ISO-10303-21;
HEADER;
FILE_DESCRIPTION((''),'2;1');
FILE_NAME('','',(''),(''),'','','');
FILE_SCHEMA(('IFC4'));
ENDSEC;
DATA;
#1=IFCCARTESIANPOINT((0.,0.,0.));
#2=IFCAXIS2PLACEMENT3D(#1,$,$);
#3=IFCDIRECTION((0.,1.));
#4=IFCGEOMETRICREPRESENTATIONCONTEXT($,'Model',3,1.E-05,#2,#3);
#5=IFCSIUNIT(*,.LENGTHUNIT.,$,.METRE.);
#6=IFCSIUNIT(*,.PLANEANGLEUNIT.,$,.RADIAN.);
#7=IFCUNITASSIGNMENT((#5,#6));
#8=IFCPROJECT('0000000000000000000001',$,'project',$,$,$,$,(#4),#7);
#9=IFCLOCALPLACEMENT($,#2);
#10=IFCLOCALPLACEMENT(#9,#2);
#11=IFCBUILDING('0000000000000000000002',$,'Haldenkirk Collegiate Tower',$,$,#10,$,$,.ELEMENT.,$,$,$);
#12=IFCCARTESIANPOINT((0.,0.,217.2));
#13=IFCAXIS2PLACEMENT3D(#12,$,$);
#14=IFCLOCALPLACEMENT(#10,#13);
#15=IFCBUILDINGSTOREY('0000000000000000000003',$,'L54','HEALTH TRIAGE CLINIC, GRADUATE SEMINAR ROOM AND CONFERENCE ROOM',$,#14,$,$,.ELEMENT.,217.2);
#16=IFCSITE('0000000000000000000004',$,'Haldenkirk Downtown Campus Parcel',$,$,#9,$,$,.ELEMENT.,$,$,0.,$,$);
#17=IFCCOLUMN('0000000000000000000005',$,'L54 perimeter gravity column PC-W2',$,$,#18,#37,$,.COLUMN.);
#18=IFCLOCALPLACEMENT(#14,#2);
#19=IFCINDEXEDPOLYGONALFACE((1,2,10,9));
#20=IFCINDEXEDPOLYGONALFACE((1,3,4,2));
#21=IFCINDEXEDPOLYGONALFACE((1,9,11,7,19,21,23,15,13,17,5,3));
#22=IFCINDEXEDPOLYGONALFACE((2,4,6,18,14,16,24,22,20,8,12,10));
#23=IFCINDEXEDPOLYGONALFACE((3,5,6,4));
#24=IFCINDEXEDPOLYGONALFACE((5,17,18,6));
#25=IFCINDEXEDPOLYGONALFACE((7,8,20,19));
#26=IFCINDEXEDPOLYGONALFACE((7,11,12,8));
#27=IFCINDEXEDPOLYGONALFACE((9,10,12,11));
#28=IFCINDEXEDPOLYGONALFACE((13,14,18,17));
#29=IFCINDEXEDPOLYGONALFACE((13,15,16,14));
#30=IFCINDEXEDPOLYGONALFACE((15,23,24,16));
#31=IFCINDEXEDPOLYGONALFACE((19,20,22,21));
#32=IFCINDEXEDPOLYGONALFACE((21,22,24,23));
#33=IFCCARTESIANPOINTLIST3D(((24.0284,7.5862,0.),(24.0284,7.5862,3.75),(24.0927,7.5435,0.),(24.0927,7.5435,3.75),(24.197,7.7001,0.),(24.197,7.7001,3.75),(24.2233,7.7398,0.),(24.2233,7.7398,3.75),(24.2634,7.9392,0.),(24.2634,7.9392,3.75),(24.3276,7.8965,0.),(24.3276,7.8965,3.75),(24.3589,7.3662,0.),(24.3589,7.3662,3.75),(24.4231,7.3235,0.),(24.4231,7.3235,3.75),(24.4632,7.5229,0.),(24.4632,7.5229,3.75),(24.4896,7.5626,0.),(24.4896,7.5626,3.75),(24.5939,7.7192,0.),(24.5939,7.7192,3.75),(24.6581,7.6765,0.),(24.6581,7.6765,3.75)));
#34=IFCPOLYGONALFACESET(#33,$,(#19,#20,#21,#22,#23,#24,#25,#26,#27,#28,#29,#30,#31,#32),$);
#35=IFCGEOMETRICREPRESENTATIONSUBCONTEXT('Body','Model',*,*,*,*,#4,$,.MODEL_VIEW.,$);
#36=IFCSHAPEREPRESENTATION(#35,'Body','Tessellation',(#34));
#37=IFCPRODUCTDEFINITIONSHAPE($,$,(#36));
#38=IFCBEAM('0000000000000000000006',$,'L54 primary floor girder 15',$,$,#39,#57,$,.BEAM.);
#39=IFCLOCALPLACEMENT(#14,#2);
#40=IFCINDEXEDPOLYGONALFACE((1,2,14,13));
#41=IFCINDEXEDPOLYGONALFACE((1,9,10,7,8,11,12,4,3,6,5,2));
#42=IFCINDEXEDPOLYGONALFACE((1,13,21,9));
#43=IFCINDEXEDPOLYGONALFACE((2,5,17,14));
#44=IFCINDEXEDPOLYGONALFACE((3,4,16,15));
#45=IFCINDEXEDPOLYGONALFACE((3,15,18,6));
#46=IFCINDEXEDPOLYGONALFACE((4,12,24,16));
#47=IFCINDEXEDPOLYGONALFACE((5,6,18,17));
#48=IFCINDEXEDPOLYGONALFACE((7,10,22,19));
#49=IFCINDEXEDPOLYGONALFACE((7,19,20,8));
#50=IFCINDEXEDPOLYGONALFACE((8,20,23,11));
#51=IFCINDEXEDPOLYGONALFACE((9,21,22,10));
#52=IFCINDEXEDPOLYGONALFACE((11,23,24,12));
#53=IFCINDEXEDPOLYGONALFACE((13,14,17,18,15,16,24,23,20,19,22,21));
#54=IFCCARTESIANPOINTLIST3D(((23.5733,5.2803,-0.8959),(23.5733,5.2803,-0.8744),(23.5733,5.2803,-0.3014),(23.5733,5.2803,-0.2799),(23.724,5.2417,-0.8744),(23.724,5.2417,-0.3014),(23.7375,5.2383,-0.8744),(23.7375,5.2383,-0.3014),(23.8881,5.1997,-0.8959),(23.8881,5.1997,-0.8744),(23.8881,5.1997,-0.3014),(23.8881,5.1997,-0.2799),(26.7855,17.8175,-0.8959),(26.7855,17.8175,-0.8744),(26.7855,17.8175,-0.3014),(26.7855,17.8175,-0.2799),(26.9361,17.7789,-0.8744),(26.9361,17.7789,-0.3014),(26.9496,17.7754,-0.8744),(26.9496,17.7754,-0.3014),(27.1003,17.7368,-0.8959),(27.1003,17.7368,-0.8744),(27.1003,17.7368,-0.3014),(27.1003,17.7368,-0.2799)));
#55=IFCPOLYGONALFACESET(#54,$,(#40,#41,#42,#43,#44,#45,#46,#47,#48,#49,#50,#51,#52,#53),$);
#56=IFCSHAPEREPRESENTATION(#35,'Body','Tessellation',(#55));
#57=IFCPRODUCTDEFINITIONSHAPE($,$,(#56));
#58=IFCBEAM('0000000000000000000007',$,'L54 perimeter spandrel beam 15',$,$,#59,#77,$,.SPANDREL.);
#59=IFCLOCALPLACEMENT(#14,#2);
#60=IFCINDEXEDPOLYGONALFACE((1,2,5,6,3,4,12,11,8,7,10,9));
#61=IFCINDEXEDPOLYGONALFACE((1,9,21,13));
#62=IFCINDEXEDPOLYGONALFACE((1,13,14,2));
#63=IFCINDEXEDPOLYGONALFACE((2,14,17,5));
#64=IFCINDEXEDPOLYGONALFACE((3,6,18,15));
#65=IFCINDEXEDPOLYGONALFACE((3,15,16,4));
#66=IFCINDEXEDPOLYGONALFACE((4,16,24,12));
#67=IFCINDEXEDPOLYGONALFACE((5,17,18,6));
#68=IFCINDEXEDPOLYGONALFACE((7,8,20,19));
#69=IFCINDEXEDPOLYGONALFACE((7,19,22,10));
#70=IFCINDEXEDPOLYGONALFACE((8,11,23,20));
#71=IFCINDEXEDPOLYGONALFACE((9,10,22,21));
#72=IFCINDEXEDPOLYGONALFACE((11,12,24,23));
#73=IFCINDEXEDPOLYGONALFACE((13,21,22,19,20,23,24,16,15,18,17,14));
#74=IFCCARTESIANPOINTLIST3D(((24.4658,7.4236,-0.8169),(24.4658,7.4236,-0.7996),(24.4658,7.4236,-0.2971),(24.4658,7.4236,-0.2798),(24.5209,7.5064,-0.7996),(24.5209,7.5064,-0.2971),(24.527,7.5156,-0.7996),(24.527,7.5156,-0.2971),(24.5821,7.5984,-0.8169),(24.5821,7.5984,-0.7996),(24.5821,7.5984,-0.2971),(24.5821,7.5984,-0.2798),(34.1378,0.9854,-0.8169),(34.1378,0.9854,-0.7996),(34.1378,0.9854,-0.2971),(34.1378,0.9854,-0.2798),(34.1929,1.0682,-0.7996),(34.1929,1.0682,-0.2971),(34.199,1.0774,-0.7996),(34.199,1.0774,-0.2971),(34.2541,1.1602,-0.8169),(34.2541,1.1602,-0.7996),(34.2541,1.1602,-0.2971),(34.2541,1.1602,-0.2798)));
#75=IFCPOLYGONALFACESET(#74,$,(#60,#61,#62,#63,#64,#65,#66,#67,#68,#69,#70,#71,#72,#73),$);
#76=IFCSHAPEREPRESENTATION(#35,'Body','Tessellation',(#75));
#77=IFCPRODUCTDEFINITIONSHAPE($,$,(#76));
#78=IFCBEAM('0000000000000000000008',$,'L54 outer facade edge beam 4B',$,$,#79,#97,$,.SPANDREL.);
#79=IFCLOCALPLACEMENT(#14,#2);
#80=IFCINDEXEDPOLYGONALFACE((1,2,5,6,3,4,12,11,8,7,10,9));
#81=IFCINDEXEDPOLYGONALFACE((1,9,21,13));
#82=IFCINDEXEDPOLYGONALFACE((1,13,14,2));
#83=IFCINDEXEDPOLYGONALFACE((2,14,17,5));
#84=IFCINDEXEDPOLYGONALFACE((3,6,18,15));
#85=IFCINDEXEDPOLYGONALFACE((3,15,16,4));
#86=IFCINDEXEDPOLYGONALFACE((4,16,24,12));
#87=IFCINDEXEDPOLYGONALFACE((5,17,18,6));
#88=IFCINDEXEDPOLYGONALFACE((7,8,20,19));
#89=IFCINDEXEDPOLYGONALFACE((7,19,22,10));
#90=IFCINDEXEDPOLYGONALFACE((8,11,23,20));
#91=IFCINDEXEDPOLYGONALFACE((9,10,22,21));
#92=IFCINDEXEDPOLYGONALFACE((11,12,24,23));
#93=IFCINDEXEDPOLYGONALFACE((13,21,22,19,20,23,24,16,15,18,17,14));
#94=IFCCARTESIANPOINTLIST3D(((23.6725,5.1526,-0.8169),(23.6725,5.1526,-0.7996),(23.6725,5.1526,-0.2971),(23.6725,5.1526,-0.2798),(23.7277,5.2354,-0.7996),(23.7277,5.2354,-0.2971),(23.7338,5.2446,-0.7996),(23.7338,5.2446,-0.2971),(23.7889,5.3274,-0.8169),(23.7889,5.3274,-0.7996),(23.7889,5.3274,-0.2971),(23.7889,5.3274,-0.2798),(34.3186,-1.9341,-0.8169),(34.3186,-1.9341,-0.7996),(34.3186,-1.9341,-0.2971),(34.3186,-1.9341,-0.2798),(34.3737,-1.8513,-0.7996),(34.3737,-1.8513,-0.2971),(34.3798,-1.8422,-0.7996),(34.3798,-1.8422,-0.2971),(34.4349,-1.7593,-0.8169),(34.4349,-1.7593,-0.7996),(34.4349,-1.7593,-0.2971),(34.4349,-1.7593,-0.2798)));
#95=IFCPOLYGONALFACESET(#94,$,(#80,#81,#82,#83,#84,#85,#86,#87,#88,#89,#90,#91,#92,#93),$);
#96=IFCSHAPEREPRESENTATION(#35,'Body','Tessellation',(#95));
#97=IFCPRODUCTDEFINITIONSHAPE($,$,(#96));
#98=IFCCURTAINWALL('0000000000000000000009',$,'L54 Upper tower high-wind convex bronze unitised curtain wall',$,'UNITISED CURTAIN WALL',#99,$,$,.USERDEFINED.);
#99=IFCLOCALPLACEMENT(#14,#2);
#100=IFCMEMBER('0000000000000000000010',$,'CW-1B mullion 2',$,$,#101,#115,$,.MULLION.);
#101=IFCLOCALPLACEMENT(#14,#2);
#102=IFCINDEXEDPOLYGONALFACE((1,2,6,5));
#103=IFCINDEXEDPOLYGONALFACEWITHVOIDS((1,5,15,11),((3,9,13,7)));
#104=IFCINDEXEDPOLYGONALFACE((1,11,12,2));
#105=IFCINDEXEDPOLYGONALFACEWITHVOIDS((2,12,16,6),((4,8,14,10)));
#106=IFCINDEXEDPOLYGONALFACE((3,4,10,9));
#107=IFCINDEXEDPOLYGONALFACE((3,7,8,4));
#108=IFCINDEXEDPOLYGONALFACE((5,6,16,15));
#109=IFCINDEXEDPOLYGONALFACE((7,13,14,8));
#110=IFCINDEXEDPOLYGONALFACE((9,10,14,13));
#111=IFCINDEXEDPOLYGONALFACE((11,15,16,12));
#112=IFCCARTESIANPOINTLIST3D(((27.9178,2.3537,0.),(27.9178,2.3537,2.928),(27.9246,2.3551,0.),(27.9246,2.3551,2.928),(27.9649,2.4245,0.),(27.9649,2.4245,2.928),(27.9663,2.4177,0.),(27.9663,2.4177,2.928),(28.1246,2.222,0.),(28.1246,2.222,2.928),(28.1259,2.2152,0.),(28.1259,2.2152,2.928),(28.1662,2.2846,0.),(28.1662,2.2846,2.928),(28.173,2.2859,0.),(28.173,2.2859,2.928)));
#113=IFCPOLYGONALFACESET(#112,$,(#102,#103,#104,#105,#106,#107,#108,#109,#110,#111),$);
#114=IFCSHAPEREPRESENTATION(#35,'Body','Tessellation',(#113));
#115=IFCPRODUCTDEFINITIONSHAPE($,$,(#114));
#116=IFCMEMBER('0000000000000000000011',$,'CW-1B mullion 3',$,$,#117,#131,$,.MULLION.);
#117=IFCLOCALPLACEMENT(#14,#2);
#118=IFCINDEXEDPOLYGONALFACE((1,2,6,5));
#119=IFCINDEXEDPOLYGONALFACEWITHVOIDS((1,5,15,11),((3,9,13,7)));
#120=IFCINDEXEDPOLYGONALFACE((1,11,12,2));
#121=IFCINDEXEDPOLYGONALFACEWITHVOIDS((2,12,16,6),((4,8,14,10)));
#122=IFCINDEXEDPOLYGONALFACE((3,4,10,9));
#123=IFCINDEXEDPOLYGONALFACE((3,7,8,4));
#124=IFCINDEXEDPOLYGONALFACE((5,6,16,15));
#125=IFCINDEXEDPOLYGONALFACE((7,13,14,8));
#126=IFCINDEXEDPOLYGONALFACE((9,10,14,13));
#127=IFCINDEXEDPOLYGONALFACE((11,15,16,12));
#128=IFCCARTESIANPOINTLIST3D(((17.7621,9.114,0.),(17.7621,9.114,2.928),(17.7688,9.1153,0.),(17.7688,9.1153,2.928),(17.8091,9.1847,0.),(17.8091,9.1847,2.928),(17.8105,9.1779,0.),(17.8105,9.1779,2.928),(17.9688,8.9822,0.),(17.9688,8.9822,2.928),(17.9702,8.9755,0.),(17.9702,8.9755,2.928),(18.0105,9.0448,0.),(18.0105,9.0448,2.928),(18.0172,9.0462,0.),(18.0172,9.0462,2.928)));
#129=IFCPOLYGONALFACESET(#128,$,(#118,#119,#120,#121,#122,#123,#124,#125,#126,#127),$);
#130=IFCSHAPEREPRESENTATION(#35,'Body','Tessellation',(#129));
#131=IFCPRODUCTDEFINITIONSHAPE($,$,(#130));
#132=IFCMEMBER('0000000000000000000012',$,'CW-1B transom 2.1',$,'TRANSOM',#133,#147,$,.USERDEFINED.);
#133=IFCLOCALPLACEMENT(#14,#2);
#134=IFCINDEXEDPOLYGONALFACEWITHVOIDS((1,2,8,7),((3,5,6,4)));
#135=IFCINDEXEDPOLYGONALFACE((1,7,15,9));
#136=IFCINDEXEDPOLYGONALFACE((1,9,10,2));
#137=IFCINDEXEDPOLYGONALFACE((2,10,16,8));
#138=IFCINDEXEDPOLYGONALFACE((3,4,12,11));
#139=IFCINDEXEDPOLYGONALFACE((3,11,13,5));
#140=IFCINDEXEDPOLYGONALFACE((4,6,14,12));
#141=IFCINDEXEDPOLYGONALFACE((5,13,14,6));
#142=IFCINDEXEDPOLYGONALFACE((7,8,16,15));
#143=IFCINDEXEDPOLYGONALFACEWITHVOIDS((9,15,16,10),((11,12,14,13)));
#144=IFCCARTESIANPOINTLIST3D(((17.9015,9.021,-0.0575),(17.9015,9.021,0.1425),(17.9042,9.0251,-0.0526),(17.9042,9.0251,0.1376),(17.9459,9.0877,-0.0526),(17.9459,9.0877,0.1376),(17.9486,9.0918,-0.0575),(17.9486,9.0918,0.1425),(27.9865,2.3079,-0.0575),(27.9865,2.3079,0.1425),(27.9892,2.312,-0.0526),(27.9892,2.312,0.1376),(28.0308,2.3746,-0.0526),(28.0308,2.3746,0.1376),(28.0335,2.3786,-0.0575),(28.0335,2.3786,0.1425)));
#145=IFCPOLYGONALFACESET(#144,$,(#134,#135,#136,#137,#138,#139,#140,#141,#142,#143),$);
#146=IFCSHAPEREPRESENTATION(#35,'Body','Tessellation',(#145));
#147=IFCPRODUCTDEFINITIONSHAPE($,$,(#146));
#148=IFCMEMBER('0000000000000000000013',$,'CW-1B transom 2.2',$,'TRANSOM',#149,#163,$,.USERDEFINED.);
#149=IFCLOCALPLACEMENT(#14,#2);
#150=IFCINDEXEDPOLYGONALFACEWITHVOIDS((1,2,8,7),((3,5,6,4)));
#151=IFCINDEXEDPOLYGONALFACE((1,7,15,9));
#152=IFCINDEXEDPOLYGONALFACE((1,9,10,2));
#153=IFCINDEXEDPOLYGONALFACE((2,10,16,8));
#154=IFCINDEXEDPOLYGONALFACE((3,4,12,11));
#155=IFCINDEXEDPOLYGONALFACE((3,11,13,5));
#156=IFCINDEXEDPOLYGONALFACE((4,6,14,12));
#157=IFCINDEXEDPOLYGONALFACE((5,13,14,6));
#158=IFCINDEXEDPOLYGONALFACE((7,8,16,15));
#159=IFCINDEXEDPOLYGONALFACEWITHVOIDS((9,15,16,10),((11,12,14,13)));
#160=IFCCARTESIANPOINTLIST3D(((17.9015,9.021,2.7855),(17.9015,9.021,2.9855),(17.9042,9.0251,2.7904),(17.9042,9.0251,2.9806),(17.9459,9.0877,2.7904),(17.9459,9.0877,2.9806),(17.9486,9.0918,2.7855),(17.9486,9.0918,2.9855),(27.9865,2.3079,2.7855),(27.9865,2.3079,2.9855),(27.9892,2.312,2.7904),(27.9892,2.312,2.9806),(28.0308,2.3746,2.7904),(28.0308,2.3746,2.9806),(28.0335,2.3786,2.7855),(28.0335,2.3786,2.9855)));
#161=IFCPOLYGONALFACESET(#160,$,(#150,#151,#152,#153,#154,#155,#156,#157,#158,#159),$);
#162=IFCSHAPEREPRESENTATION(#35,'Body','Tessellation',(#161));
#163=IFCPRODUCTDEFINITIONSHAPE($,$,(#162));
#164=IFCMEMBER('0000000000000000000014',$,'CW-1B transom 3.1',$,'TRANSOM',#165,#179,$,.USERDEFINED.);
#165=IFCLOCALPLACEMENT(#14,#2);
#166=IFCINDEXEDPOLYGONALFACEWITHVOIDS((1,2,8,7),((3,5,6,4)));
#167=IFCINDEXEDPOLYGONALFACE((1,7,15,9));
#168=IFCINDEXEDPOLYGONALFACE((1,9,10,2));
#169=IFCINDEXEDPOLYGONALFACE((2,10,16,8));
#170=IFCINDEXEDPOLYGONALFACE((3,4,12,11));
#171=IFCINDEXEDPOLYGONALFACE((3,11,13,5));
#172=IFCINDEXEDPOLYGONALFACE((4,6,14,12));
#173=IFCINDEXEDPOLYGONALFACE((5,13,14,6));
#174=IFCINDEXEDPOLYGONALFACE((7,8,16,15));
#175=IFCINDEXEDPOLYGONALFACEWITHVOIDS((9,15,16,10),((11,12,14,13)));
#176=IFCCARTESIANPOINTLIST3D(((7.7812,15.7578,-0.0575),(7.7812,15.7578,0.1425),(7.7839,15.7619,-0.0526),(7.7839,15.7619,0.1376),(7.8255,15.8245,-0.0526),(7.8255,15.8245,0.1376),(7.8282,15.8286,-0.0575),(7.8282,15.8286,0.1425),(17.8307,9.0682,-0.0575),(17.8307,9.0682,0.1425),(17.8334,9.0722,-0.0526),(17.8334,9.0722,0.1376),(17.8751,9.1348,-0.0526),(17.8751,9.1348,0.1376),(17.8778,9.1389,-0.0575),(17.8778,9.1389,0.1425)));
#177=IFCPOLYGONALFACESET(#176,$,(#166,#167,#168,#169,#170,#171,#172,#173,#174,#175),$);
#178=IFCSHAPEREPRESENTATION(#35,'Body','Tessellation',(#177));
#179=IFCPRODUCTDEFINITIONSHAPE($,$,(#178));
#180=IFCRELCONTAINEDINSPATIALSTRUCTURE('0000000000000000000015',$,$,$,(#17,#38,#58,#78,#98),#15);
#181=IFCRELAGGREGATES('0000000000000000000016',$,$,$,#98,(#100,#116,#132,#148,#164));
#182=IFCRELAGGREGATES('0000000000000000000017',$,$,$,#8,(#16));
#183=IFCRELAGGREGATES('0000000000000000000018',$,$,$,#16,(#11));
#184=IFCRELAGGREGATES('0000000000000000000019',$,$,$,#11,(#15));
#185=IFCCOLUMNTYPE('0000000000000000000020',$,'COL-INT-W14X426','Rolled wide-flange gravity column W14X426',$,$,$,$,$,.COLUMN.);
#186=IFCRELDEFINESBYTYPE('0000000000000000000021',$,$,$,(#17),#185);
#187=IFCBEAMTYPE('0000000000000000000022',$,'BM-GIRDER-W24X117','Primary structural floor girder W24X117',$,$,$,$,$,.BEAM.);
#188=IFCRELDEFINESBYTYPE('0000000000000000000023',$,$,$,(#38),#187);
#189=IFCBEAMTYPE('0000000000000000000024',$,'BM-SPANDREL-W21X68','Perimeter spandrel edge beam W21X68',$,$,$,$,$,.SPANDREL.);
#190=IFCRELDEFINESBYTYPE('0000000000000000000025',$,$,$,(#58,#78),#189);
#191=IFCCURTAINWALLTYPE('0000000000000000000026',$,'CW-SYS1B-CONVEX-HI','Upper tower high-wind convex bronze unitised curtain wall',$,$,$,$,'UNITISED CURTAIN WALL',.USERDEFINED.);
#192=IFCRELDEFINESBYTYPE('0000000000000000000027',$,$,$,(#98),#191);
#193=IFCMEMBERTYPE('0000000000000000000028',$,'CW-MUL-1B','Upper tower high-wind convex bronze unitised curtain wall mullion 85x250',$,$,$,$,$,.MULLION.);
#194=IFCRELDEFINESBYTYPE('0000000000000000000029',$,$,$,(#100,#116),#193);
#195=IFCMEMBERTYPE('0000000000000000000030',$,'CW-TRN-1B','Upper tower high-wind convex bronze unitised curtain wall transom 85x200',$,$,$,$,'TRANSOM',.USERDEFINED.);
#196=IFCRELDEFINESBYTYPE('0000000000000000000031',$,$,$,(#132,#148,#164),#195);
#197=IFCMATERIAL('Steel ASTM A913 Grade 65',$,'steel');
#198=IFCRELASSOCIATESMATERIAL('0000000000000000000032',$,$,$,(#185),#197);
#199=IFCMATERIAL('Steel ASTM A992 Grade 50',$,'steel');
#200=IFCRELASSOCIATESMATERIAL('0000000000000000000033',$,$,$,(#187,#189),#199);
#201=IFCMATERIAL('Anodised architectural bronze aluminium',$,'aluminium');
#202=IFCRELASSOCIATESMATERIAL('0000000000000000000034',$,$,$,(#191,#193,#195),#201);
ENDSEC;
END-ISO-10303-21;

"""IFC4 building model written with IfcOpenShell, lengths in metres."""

from ifc_helpers import new_model, si_unit, direction, frame, origin, origin_2d, place, context, subcontext, project, spatial, hollow_rectangle, i_section, extrude, material, material_profile, profile_set, type_object, element, aggregate, save


model = new_model("IFC4")

# Units and contexts
model_context = context("Model", 3, precision=1e-05, world=origin(), true_north=direction((0.0, 1.0)))
body_context = subcontext(model_context, "Body", "Model", "MODEL_VIEW")
ifc_project = project(units=[si_unit("LENGTHUNIT", "METRE"), si_unit("PLANEANGLEUNIT", "RADIAN")], contexts=[model_context])

# Site, building, storey
site_placement = place(None, origin())
site = spatial("IfcSite", under=ifc_project, at=site_placement, Name="Haldenkirk Downtown Campus Parcel", CompositionType="ELEMENT", RefElevation=0.0)
building_placement = place(site_placement, origin())
building = spatial("IfcBuilding", under=site, at=building_placement, Name="Haldenkirk Collegiate Tower", CompositionType="ELEMENT")
storey_placement = place(building_placement, frame((0.0, 0.0, 217.2)))
storey = spatial("IfcBuildingStorey", under=building, at=storey_placement, Name="L54", Description="HEALTH TRIAGE CLINIC, GRADUATE SEMINAR ROOM AND CONFERENCE ROOM", CompositionType="ELEMENT", Elevation=217.2)

# Column
ifc_material_1 = material(Name="Steel ASTM A913 Grade 65", Category="steel")
ifc_material_profile_1 = material_profile(ifc_material_1, i_section(OverallWidth=0.4241, OverallDepth=0.4741, WebThickness=0.0476, FlangeThickness=0.0771, at=origin_2d()), Name="W14X426")
ifc_profile_set_1 = profile_set([ifc_material_profile_1], Name="Steel ASTM A913 Grade 65")
column_type = type_object("IfcColumnType", Name="COL-INT-W14X426", Description="Rolled wide-flange gravity column W14X426", PredefinedType="COLUMN", material=ifc_profile_set_1)
column_placement = place(storey_placement, frame((24.3433, 7.6313, 0.0), z_axis=(0.0, 0.0, 1.0), x_axis=(0.554118, 0.832438, 0.0)))
element("IfcColumn", 1, at=column_placement, inside=storey, type_object=column_type, Name="L54 perimeter gravity column PC-W2", PredefinedType="COLUMN", context=body_context, shape_type="SweptSolid", body=[
    extrude(i_section(OverallWidth=0.4241, OverallDepth=0.4741, WebThickness=0.0476, FlangeThickness=0.0771, at=origin_2d()), origin(), (0.0, 0.0, 1.0), 3.75),
])

# Beams
ifc_material_2 = material(Name="Steel ASTM A992 Grade 50", Category="steel")
ifc_material_profile_2 = material_profile(ifc_material_2, i_section(OverallWidth=0.325, OverallDepth=0.616, WebThickness=0.0139, FlangeThickness=0.0215, at=origin_2d()), Name="W24X117")
ifc_profile_set_2 = profile_set([ifc_material_profile_2], Name="Steel ASTM A992 Grade 50")
beam_type_1 = type_object("IfcBeamType", Name="BM-GIRDER-W24X117", Description="Primary structural floor girder W24X117", PredefinedType="BEAM", material=ifc_profile_set_2)
beam_1_placement = place(storey_placement, frame((23.7307, 5.24, -0.5879), z_axis=(0.248195, 0.96871, 0.0), x_axis=(-0.96871, 0.248195, 0.0)))
element("IfcBeam", 2, at=beam_1_placement, inside=storey, type_object=beam_type_1, Name="L54 primary floor girder 15", PredefinedType="BEAM", context=body_context, shape_type="SweptSolid", body=[
    extrude(i_section(OverallWidth=0.325, OverallDepth=0.616, WebThickness=0.0139, FlangeThickness=0.0215, at=origin_2d()), origin(), (0.0, 0.0, 1.0), 12.9421),
])
ifc_material_profile_3 = material_profile(ifc_material_2, i_section(OverallWidth=0.21, OverallDepth=0.5371, WebThickness=0.011, FlangeThickness=0.0173, at=origin_2d()), Name="W21X68")
ifc_profile_set_3 = profile_set([ifc_material_profile_3], Name="Steel ASTM A992 Grade 50")
beam_type_2 = type_object("IfcBeamType", Name="BM-SPANDREL-W21X68", Description="Perimeter spandrel edge beam W21X68", PredefinedType="SPANDREL", material=ifc_profile_set_3)
beam_2_placement = place(storey_placement, frame((24.5239, 7.511, -0.5483), z_axis=(0.832441, -0.554113, 0.0), x_axis=(0.554113, 0.832441, 0.0)))
element("IfcBeam", 3, at=beam_2_placement, inside=storey, type_object=beam_type_2, Name="L54 perimeter spandrel beam 15", PredefinedType="SPANDREL", context=body_context, shape_type="SweptSolid", body=[
    extrude(i_section(OverallWidth=0.21, OverallDepth=0.5371, WebThickness=0.011, FlangeThickness=0.0173, at=origin_2d()), origin(), (0.0, 0.0, 1.0), 11.6189),
])
beam_3_placement = place(storey_placement, frame((23.7307, 5.24, -0.5483), z_axis=(0.832435, -0.554123, 0.0), x_axis=(0.554123, 0.832435, 0.0)))
element("IfcBeam", 4, at=beam_3_placement, inside=storey, type_object=beam_type_2, Name="L54 outer facade edge beam 4B", PredefinedType="SPANDREL", context=body_context, shape_type="SweptSolid", body=[
    extrude(i_section(OverallWidth=0.21, OverallDepth=0.5371, WebThickness=0.011, FlangeThickness=0.0173, at=origin_2d()), origin(), (0.0, 0.0, 1.0), 12.7891),
])

# Curtain wall, members
ifc_material_3 = material(Name="Anodised architectural bronze aluminium", Category="aluminium")
curtain_wall_type = type_object("IfcCurtainWallType", Name="CW-SYS1B-CONVEX-HI", Description="Upper tower high-wind convex bronze unitised curtain wall", ElementType="UNITISED CURTAIN WALL", PredefinedType="USERDEFINED", material=ifc_material_3)
curtain_wall_placement = place(storey_placement, origin())
curtain_wall = element("IfcCurtainWall", 5, at=curtain_wall_placement, inside=storey, type_object=curtain_wall_type, Name="L54 Upper tower high-wind convex bronze unitised curtain wall", ObjectType="UNITISED CURTAIN WALL", PredefinedType="USERDEFINED")
ifc_material_profile_4 = material_profile(ifc_material_3, hollow_rectangle(XDim=0.085, YDim=0.25, WallThickness=0.0049, at=origin_2d()), Name="CW-MUL-1B")
ifc_profile_set_4 = profile_set([ifc_material_profile_4], Name="Anodised architectural bronze aluminium")
member_type_1 = type_object("IfcMemberType", Name="CW-MUL-1B", Description="Upper tower high-wind convex bronze unitised curtain wall mullion 85x250", PredefinedType="MULLION", material=ifc_profile_set_4)
member_1_placement = place(storey_placement, frame((28.0454, 2.3198, 0.0), z_axis=(0.0, 0.0, 1.0), x_axis=(-0.55412, -0.832437, 0.0)))
member_1 = element("IfcMember", 6, at=member_1_placement, type_object=member_type_1, Name="CW-1B mullion 2", PredefinedType="MULLION", context=body_context, shape_type="SweptSolid", body=[
    extrude(hollow_rectangle(XDim=0.085, YDim=0.25, WallThickness=0.0049, at=origin_2d()), origin(), (0.0, 0.0, 1.0), 2.928),
])
member_2_placement = place(storey_placement, frame((17.8896, 9.0801, 0.0), z_axis=(0.0, 0.0, 1.0), x_axis=(-0.55412, -0.832437, 0.0)))
member_2 = element("IfcMember", 7, at=member_2_placement, type_object=member_type_1, Name="CW-1B mullion 3", PredefinedType="MULLION", context=body_context, shape_type="SweptSolid", body=[
    extrude(hollow_rectangle(XDim=0.085, YDim=0.25, WallThickness=0.0049, at=origin_2d()), origin(), (0.0, 0.0, 1.0), 2.928),
])
ifc_material_profile_5 = material_profile(ifc_material_3, hollow_rectangle(XDim=0.085, YDim=0.2, WallThickness=0.0049, at=origin_2d()), Name="CW-TRN-1B")
ifc_profile_set_5 = profile_set([ifc_material_profile_5], Name="Anodised architectural bronze aluminium")
member_type_2 = type_object("IfcMemberType", Name="CW-TRN-1B", Description="Upper tower high-wind convex bronze unitised curtain wall transom 85x200", ElementType="TRANSOM", PredefinedType="USERDEFINED", material=ifc_profile_set_5)
member_3_placement = place(storey_placement, frame((28.01, 2.3433, 0.0425), z_axis=(-0.832438, 0.554119, 0.0), x_axis=(-0.554119, -0.832438, 0.0)))
member_3 = element("IfcMember", 8, at=member_3_placement, type_object=member_type_2, Name="CW-1B transom 2.1", ObjectType="TRANSOM", PredefinedType="USERDEFINED", context=body_context, shape_type="SweptSolid", body=[
    extrude(hollow_rectangle(XDim=0.085, YDim=0.2, WallThickness=0.0049, at=origin_2d()), origin(), (0.0, 0.0, 1.0), 12.115),
])
member_4_placement = place(storey_placement, frame((28.01, 2.3433, 2.8855), z_axis=(-0.832438, 0.554119, 0.0), x_axis=(-0.554119, -0.832438, 0.0)))
member_4 = element("IfcMember", 9, at=member_4_placement, type_object=member_type_2, Name="CW-1B transom 2.2", ObjectType="TRANSOM", PredefinedType="USERDEFINED", context=body_context, shape_type="SweptSolid", body=[
    extrude(hollow_rectangle(XDim=0.085, YDim=0.2, WallThickness=0.0049, at=origin_2d()), origin(), (0.0, 0.0, 1.0), 12.115),
])
member_5_placement = place(storey_placement, frame((17.8542, 9.1035, 0.0425), z_axis=(-0.832433, 0.554126, 0.0), x_axis=(-0.554126, -0.832433, 0.0)))
member_5 = element("IfcMember", 10, at=member_5_placement, type_object=member_type_2, Name="CW-1B transom 3.1", ObjectType="TRANSOM", PredefinedType="USERDEFINED", context=body_context, shape_type="SweptSolid", body=[
    extrude(hollow_rectangle(XDim=0.085, YDim=0.2, WallThickness=0.0049, at=origin_2d()), origin(), (0.0, 0.0, 1.0), 12.0725),
])
aggregate(curtain_wall, [member_1, member_2, member_3, member_4, member_5])

save(model, "model.ifc")
